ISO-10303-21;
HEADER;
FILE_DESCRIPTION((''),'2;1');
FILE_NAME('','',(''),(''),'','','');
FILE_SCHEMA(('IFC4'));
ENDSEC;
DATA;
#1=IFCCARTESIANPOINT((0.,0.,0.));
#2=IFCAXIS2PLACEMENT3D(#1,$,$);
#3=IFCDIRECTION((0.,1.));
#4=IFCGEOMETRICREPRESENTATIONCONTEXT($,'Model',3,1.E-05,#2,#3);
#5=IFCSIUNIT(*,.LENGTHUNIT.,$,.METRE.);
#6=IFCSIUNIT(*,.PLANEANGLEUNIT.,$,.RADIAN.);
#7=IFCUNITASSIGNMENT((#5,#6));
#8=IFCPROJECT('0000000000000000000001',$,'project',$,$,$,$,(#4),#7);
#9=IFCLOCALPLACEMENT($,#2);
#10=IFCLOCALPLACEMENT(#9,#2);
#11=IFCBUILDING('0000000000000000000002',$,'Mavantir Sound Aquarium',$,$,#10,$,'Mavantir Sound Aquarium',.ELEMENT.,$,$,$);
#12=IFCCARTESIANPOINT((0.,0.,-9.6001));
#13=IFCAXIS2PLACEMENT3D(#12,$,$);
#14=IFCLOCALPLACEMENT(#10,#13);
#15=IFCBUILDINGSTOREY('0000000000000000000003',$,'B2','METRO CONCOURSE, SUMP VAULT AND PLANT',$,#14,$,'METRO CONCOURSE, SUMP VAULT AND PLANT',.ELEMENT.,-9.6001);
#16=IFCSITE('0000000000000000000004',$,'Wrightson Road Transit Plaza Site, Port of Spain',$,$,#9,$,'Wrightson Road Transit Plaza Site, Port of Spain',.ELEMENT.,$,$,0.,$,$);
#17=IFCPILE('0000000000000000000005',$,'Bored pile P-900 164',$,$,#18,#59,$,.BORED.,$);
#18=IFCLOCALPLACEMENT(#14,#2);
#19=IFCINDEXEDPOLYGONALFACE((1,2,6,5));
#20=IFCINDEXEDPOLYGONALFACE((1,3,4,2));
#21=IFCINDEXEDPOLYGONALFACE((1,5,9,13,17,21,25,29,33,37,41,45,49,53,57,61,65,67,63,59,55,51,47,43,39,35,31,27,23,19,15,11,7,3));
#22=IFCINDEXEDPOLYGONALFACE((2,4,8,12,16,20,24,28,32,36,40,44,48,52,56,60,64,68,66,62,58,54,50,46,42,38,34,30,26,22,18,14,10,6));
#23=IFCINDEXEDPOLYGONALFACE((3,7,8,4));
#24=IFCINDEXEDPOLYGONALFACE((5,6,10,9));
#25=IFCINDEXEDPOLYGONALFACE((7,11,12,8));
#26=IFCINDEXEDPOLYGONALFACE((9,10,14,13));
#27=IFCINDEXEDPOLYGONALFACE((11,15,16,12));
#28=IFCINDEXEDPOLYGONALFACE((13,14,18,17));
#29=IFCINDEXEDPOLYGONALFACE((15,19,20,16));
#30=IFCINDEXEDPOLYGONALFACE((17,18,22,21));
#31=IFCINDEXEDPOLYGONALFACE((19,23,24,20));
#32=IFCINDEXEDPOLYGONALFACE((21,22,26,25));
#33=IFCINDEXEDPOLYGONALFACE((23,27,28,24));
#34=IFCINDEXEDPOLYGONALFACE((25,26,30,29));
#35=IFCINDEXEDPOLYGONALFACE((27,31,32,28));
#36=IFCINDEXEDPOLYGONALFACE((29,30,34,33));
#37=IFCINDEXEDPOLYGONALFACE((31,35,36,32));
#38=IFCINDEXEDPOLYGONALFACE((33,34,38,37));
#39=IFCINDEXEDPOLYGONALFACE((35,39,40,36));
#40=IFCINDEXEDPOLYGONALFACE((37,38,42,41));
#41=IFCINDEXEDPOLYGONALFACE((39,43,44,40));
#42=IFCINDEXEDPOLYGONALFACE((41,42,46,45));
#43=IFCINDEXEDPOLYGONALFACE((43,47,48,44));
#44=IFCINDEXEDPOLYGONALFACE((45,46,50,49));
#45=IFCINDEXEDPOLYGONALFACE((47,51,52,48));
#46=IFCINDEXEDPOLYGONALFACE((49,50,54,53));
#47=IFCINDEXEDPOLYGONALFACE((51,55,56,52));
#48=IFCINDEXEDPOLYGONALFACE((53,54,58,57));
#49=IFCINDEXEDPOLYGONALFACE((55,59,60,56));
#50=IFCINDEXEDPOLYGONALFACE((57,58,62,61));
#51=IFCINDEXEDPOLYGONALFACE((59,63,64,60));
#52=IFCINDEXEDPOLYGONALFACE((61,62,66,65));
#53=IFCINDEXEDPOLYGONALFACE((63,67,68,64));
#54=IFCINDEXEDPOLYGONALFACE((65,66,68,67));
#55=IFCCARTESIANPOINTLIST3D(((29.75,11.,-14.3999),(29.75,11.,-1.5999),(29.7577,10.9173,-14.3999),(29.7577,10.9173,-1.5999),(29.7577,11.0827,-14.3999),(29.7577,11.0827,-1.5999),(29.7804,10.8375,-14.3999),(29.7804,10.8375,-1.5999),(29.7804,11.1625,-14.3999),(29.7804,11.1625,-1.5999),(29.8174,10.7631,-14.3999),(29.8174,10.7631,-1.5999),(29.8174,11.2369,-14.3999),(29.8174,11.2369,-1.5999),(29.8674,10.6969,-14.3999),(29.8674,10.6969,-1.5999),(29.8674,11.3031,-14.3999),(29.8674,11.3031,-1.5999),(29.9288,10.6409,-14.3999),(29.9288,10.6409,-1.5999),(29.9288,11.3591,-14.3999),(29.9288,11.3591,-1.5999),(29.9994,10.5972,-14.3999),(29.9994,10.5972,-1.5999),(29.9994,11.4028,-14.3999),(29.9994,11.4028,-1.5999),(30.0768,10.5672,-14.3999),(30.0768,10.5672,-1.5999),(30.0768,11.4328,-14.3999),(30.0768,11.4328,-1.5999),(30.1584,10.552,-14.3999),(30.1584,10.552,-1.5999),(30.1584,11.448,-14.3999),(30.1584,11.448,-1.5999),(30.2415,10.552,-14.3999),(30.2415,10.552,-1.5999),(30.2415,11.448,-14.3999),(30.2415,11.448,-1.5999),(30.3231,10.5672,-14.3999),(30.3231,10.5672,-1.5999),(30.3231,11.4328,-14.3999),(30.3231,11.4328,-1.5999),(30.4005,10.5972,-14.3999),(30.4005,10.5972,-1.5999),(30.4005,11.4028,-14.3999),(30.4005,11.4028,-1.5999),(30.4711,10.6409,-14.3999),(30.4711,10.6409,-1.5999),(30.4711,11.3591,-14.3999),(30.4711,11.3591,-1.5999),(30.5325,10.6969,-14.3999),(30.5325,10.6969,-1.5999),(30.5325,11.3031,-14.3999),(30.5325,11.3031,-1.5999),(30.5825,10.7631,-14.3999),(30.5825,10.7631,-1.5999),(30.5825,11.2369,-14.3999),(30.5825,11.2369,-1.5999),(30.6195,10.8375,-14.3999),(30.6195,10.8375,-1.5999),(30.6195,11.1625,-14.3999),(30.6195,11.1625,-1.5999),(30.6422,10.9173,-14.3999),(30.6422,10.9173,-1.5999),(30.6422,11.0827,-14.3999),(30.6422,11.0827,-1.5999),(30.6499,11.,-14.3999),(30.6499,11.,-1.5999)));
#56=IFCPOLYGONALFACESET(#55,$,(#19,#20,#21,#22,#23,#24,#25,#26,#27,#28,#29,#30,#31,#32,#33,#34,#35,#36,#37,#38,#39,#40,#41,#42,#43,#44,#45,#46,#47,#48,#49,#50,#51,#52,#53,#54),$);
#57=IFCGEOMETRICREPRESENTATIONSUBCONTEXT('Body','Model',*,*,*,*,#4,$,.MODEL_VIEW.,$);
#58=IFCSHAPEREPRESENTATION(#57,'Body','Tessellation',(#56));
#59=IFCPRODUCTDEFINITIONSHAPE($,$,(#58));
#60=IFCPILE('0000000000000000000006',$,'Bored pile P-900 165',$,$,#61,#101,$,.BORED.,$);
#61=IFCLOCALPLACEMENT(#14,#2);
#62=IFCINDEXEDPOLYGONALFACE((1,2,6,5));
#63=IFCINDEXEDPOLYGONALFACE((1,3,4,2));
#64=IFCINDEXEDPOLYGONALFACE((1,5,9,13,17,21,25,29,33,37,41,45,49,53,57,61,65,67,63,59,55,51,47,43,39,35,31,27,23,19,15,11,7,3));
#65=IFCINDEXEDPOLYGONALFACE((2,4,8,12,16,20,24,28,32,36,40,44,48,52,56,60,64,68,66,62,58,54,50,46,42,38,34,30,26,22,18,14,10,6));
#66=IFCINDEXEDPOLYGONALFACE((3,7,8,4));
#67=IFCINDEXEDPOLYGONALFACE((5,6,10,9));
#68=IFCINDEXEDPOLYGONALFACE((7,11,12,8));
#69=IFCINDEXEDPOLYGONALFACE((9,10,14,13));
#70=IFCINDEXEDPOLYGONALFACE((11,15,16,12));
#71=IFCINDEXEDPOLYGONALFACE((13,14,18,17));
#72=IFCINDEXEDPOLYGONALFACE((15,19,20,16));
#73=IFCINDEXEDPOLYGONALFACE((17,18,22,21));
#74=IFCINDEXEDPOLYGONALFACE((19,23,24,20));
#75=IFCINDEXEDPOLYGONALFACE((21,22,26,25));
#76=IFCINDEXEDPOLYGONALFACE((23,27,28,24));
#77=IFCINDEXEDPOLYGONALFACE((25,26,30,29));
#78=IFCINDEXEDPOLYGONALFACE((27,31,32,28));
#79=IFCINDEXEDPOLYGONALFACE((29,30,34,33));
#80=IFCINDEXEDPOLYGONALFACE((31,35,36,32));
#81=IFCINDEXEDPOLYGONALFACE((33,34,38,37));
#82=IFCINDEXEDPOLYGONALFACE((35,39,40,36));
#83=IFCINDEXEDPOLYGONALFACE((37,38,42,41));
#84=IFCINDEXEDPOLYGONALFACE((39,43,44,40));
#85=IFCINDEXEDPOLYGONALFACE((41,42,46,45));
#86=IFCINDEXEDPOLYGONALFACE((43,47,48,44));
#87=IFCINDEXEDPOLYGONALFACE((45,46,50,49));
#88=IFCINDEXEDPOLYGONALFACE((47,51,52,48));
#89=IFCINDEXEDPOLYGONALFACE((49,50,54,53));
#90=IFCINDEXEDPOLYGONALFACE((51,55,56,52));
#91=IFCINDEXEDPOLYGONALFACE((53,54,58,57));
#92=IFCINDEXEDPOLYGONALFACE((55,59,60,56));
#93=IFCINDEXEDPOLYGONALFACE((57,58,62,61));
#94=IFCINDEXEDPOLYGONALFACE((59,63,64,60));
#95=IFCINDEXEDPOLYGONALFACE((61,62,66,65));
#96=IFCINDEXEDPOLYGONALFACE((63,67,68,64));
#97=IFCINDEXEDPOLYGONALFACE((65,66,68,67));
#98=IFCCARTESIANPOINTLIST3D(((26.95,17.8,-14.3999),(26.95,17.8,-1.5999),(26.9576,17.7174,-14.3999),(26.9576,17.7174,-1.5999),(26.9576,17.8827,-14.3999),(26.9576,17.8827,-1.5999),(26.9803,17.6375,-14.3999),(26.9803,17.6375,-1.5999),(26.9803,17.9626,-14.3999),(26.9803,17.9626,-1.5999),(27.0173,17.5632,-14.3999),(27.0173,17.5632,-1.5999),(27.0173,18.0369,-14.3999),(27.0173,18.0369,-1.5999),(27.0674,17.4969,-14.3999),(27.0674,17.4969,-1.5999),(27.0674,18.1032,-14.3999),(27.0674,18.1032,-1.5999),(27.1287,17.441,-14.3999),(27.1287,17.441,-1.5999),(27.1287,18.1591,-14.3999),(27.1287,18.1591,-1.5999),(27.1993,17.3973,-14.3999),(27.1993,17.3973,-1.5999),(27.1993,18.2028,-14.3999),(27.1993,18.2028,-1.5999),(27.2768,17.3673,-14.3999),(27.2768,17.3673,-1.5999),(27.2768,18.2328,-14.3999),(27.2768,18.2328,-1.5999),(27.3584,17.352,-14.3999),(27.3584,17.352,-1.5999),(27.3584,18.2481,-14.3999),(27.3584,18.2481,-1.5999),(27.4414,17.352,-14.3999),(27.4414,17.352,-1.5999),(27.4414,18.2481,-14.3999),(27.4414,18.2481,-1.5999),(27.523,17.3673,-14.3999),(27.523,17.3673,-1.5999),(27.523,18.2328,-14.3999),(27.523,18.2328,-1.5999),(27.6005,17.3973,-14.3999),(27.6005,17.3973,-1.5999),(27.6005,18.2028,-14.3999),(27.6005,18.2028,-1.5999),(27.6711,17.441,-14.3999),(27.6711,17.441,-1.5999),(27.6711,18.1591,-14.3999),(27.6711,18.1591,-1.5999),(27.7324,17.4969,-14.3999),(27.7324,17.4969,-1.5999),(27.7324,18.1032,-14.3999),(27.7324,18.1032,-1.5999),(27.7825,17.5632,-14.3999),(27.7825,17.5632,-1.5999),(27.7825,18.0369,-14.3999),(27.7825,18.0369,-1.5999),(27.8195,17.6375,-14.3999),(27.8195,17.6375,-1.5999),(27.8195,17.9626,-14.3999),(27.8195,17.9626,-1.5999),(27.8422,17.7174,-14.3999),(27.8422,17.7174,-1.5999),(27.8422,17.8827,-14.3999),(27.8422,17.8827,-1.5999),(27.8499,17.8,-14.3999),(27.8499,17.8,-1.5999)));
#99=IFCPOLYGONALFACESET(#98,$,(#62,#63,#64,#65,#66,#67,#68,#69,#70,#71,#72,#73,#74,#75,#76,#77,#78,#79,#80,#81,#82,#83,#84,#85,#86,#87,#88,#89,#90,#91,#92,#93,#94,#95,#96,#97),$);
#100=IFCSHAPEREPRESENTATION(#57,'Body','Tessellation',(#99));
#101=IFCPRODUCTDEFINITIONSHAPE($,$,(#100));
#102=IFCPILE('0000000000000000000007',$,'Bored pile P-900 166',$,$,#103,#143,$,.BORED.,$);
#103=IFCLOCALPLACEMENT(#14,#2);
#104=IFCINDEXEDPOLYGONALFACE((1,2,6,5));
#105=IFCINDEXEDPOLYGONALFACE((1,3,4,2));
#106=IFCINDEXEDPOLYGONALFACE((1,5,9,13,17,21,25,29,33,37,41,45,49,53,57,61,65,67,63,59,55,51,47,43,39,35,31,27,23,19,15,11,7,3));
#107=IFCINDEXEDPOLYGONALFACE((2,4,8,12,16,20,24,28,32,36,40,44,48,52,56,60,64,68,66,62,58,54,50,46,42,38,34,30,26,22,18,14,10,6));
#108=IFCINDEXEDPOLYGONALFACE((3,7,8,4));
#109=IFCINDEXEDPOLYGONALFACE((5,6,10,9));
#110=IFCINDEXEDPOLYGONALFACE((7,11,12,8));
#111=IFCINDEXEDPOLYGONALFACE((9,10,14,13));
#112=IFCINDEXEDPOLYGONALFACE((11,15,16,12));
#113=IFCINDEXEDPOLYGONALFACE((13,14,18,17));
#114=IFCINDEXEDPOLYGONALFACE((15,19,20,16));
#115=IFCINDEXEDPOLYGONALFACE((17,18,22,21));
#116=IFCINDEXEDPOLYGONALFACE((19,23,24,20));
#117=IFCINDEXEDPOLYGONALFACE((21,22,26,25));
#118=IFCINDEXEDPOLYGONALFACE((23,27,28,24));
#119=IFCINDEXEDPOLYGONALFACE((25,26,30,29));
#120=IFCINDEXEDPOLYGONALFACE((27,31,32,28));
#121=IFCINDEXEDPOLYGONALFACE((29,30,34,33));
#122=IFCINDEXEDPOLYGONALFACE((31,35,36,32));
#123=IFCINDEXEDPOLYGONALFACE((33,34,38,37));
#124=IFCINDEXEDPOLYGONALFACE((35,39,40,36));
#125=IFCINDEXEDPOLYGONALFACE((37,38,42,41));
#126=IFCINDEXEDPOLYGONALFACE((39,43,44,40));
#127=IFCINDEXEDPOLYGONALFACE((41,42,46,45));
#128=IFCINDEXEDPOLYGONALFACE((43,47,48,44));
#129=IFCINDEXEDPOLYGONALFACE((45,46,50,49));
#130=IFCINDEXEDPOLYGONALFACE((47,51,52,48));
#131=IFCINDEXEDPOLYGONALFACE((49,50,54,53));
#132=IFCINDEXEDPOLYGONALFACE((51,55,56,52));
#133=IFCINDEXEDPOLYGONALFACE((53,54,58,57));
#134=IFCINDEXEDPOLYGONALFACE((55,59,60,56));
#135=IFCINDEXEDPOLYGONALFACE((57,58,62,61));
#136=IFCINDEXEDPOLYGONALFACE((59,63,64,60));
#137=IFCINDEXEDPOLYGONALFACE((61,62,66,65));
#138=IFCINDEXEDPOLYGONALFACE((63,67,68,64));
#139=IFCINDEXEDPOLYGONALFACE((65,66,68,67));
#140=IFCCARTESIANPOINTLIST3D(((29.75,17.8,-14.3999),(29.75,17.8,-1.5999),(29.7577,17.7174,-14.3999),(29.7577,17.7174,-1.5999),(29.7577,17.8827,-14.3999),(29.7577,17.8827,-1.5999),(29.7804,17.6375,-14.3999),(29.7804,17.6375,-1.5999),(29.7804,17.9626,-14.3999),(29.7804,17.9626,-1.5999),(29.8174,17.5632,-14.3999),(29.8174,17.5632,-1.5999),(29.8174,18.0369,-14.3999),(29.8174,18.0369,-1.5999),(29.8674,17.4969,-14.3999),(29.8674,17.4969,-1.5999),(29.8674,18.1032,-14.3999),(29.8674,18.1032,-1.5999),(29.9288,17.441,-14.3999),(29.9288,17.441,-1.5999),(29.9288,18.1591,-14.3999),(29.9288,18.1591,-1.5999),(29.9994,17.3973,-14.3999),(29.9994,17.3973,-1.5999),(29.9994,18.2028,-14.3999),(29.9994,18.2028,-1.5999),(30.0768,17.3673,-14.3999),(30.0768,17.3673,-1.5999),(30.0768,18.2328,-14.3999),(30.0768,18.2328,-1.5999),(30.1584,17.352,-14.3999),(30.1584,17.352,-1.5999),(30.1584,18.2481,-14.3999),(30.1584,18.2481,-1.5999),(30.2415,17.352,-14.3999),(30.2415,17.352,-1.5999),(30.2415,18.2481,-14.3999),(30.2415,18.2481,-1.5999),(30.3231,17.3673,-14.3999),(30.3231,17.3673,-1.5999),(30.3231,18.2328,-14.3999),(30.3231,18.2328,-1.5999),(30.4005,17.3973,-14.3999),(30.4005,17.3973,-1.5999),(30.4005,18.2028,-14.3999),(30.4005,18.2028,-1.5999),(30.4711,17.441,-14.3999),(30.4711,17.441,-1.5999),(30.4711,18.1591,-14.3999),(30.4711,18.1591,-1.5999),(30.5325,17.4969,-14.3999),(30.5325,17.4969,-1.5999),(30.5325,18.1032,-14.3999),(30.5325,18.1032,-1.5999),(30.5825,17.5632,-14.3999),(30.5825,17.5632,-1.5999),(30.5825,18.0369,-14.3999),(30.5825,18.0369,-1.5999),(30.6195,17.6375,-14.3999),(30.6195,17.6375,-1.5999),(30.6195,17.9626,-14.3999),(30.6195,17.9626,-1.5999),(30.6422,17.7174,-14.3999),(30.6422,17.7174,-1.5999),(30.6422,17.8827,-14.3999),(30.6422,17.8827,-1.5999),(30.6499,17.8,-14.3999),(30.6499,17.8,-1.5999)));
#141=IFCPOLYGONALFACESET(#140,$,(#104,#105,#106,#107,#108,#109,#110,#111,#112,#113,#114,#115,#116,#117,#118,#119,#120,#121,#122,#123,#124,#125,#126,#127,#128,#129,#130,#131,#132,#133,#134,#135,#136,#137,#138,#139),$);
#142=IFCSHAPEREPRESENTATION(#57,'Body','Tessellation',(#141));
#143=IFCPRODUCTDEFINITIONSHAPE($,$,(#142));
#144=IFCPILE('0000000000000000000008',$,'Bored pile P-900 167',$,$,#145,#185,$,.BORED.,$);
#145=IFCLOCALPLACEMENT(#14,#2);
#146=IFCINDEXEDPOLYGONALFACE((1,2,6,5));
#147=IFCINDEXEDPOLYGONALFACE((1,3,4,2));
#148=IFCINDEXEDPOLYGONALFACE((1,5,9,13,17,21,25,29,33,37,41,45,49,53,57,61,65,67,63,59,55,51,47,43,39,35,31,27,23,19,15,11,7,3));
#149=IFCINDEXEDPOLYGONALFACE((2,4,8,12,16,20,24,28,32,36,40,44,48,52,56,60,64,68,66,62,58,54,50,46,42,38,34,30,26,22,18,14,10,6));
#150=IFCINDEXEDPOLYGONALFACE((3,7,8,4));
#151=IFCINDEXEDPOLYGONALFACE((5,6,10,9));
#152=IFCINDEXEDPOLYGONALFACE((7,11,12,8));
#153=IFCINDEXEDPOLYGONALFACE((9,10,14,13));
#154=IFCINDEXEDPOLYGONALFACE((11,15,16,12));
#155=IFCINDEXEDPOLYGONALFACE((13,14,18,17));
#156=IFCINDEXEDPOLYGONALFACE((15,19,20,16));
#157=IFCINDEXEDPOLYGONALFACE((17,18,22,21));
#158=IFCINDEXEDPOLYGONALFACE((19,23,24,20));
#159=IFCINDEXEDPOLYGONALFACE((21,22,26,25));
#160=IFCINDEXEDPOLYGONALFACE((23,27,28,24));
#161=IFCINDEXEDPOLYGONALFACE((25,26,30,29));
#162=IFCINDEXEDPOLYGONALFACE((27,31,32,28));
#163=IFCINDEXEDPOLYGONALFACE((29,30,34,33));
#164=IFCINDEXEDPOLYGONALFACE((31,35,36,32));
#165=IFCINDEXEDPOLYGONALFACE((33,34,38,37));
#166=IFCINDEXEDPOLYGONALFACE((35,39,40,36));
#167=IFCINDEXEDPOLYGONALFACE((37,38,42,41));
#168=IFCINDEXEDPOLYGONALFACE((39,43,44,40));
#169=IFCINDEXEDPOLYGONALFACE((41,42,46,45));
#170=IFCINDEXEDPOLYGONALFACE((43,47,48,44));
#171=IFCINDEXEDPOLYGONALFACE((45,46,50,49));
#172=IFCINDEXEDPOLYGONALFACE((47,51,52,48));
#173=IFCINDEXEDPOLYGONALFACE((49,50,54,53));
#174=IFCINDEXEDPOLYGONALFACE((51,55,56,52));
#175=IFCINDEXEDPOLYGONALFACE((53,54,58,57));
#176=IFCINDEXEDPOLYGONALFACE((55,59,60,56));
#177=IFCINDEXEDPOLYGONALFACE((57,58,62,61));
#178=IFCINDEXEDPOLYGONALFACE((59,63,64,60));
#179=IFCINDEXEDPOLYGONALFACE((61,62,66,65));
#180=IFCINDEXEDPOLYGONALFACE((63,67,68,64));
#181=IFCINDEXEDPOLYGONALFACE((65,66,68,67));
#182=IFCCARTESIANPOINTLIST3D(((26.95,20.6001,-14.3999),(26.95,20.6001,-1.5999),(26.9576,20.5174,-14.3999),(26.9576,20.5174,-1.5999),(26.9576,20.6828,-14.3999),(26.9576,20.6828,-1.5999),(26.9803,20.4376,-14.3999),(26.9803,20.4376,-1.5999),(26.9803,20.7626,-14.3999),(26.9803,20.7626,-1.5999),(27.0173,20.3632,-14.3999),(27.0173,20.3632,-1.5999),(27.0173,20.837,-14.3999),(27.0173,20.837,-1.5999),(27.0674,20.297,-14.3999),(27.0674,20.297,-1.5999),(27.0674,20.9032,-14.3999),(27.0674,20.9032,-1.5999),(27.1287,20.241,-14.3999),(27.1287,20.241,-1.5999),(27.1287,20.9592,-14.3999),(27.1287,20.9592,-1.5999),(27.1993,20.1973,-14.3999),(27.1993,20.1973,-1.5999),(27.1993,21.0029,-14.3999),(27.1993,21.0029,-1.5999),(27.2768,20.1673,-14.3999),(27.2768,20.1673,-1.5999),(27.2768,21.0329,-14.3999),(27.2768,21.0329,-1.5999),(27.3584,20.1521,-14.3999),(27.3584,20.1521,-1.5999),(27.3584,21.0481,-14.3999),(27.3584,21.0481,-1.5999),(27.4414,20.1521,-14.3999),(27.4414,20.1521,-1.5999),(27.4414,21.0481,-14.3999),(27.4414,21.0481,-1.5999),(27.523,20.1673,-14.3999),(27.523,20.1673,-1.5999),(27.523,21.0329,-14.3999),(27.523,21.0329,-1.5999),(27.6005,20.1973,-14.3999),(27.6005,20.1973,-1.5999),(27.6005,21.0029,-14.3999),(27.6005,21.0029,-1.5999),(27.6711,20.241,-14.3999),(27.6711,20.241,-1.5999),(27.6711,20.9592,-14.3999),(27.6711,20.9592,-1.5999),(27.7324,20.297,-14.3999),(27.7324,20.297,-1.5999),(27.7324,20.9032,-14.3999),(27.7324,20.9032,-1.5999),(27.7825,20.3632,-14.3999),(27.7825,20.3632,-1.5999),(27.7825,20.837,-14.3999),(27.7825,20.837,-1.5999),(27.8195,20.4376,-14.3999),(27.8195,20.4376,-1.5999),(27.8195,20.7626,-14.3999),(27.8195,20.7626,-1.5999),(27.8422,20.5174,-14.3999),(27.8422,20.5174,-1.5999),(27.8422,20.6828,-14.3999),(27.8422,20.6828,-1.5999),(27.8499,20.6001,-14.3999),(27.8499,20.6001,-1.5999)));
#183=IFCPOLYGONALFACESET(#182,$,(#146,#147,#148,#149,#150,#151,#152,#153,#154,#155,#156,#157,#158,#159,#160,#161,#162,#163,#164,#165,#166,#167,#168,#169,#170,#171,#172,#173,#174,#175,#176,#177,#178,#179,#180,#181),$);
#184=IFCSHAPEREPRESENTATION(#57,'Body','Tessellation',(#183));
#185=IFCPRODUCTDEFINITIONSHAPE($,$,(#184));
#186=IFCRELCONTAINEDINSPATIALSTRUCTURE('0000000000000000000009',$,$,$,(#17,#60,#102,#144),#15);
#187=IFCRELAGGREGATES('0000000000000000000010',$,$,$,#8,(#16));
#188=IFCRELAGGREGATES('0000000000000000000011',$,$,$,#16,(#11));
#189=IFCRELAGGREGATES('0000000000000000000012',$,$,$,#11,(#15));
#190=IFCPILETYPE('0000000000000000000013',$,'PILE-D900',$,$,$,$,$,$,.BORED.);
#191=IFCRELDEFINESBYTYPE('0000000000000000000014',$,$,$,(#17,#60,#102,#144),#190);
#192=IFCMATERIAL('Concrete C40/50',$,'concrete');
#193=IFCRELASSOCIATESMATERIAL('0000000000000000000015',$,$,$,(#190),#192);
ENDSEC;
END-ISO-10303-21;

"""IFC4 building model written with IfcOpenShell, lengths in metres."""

from ifc_helpers import new_model, si_unit, direction, frame, origin, origin_2d, place, context, subcontext, project, spatial, circle, extrude, material, material_profile, profile_set, type_object, element, save


model = new_model("IFC4")

# Units and contexts
model_context = context("Model", 3, precision=1e-05, world=origin(), true_north=direction((0.0, 1.0)))
body_context = subcontext(model_context, "Body", "Model", "MODEL_VIEW")
ifc_project = project(units=[si_unit("LENGTHUNIT", "METRE"), si_unit("PLANEANGLEUNIT", "RADIAN")], contexts=[model_context])

# Site, building, storey
site_placement = place(None, origin())
site = spatial("IfcSite", under=ifc_project, at=site_placement, Name="Wrightson Road Transit Plaza Site, Port of Spain", LongName="Wrightson Road Transit Plaza Site, Port of Spain", CompositionType="ELEMENT", RefElevation=0.0)
building_placement = place(site_placement, origin())
building = spatial("IfcBuilding", under=site, at=building_placement, Name="Mavantir Sound Aquarium", LongName="Mavantir Sound Aquarium", CompositionType="ELEMENT")
storey_placement = place(building_placement, frame((0.0, 0.0, -9.6001)))
storey = spatial("IfcBuildingStorey", under=building, at=storey_placement, Name="B2", Description="METRO CONCOURSE, SUMP VAULT AND PLANT", LongName="METRO CONCOURSE, SUMP VAULT AND PLANT", CompositionType="ELEMENT", Elevation=-9.6001)

# Shared definitions
ifc_material_1 = material(Name="Concrete C40/50", Category="concrete")

# Piles
ifc_material_profile_1 = material_profile(ifc_material_1, circle(Radius=0.45, at=origin_2d()), Name="PILE D900")
ifc_profile_set_1 = profile_set([ifc_material_profile_1], Name="Concrete C40/50")
pile_type = type_object("IfcPileType", Name="PILE-D900", PredefinedType="BORED", material=ifc_profile_set_1)
for number, where, z_axis, x_axis, name in (
    (1, (30.2, 11.0, -1.5999), (0.0, 0.0, -1.0), (1.0, 0.0, 0.0), "Bored pile P-900 164"),
    (2, (27.3999, 17.8, -1.5999), (0.0, 0.0, -1.0), (1.0, 0.0, 0.0), "Bored pile P-900 165"),
    (3, (30.2, 17.8, -1.5999), (0.0, 0.0, -1.0), (1.0, 0.0, 0.0), "Bored pile P-900 166"),
    (4, (27.3999, 20.6001, -1.5999), (0.0, 0.0, -1.0), (1.0, 0.0, 0.0), "Bored pile P-900 167"),
):
    element("IfcPile", number, at=place(storey_placement, frame(where, z_axis=z_axis, x_axis=x_axis)), inside=storey, type_object=pile_type, Name=name, PredefinedType="BORED", context=body_context, shape_type="SweptSolid", body=[
        extrude(circle(Radius=0.45, at=origin_2d()), origin(), (0.0, 0.0, 1.0), 12.8),
    ])

save(model, "model.ifc")
